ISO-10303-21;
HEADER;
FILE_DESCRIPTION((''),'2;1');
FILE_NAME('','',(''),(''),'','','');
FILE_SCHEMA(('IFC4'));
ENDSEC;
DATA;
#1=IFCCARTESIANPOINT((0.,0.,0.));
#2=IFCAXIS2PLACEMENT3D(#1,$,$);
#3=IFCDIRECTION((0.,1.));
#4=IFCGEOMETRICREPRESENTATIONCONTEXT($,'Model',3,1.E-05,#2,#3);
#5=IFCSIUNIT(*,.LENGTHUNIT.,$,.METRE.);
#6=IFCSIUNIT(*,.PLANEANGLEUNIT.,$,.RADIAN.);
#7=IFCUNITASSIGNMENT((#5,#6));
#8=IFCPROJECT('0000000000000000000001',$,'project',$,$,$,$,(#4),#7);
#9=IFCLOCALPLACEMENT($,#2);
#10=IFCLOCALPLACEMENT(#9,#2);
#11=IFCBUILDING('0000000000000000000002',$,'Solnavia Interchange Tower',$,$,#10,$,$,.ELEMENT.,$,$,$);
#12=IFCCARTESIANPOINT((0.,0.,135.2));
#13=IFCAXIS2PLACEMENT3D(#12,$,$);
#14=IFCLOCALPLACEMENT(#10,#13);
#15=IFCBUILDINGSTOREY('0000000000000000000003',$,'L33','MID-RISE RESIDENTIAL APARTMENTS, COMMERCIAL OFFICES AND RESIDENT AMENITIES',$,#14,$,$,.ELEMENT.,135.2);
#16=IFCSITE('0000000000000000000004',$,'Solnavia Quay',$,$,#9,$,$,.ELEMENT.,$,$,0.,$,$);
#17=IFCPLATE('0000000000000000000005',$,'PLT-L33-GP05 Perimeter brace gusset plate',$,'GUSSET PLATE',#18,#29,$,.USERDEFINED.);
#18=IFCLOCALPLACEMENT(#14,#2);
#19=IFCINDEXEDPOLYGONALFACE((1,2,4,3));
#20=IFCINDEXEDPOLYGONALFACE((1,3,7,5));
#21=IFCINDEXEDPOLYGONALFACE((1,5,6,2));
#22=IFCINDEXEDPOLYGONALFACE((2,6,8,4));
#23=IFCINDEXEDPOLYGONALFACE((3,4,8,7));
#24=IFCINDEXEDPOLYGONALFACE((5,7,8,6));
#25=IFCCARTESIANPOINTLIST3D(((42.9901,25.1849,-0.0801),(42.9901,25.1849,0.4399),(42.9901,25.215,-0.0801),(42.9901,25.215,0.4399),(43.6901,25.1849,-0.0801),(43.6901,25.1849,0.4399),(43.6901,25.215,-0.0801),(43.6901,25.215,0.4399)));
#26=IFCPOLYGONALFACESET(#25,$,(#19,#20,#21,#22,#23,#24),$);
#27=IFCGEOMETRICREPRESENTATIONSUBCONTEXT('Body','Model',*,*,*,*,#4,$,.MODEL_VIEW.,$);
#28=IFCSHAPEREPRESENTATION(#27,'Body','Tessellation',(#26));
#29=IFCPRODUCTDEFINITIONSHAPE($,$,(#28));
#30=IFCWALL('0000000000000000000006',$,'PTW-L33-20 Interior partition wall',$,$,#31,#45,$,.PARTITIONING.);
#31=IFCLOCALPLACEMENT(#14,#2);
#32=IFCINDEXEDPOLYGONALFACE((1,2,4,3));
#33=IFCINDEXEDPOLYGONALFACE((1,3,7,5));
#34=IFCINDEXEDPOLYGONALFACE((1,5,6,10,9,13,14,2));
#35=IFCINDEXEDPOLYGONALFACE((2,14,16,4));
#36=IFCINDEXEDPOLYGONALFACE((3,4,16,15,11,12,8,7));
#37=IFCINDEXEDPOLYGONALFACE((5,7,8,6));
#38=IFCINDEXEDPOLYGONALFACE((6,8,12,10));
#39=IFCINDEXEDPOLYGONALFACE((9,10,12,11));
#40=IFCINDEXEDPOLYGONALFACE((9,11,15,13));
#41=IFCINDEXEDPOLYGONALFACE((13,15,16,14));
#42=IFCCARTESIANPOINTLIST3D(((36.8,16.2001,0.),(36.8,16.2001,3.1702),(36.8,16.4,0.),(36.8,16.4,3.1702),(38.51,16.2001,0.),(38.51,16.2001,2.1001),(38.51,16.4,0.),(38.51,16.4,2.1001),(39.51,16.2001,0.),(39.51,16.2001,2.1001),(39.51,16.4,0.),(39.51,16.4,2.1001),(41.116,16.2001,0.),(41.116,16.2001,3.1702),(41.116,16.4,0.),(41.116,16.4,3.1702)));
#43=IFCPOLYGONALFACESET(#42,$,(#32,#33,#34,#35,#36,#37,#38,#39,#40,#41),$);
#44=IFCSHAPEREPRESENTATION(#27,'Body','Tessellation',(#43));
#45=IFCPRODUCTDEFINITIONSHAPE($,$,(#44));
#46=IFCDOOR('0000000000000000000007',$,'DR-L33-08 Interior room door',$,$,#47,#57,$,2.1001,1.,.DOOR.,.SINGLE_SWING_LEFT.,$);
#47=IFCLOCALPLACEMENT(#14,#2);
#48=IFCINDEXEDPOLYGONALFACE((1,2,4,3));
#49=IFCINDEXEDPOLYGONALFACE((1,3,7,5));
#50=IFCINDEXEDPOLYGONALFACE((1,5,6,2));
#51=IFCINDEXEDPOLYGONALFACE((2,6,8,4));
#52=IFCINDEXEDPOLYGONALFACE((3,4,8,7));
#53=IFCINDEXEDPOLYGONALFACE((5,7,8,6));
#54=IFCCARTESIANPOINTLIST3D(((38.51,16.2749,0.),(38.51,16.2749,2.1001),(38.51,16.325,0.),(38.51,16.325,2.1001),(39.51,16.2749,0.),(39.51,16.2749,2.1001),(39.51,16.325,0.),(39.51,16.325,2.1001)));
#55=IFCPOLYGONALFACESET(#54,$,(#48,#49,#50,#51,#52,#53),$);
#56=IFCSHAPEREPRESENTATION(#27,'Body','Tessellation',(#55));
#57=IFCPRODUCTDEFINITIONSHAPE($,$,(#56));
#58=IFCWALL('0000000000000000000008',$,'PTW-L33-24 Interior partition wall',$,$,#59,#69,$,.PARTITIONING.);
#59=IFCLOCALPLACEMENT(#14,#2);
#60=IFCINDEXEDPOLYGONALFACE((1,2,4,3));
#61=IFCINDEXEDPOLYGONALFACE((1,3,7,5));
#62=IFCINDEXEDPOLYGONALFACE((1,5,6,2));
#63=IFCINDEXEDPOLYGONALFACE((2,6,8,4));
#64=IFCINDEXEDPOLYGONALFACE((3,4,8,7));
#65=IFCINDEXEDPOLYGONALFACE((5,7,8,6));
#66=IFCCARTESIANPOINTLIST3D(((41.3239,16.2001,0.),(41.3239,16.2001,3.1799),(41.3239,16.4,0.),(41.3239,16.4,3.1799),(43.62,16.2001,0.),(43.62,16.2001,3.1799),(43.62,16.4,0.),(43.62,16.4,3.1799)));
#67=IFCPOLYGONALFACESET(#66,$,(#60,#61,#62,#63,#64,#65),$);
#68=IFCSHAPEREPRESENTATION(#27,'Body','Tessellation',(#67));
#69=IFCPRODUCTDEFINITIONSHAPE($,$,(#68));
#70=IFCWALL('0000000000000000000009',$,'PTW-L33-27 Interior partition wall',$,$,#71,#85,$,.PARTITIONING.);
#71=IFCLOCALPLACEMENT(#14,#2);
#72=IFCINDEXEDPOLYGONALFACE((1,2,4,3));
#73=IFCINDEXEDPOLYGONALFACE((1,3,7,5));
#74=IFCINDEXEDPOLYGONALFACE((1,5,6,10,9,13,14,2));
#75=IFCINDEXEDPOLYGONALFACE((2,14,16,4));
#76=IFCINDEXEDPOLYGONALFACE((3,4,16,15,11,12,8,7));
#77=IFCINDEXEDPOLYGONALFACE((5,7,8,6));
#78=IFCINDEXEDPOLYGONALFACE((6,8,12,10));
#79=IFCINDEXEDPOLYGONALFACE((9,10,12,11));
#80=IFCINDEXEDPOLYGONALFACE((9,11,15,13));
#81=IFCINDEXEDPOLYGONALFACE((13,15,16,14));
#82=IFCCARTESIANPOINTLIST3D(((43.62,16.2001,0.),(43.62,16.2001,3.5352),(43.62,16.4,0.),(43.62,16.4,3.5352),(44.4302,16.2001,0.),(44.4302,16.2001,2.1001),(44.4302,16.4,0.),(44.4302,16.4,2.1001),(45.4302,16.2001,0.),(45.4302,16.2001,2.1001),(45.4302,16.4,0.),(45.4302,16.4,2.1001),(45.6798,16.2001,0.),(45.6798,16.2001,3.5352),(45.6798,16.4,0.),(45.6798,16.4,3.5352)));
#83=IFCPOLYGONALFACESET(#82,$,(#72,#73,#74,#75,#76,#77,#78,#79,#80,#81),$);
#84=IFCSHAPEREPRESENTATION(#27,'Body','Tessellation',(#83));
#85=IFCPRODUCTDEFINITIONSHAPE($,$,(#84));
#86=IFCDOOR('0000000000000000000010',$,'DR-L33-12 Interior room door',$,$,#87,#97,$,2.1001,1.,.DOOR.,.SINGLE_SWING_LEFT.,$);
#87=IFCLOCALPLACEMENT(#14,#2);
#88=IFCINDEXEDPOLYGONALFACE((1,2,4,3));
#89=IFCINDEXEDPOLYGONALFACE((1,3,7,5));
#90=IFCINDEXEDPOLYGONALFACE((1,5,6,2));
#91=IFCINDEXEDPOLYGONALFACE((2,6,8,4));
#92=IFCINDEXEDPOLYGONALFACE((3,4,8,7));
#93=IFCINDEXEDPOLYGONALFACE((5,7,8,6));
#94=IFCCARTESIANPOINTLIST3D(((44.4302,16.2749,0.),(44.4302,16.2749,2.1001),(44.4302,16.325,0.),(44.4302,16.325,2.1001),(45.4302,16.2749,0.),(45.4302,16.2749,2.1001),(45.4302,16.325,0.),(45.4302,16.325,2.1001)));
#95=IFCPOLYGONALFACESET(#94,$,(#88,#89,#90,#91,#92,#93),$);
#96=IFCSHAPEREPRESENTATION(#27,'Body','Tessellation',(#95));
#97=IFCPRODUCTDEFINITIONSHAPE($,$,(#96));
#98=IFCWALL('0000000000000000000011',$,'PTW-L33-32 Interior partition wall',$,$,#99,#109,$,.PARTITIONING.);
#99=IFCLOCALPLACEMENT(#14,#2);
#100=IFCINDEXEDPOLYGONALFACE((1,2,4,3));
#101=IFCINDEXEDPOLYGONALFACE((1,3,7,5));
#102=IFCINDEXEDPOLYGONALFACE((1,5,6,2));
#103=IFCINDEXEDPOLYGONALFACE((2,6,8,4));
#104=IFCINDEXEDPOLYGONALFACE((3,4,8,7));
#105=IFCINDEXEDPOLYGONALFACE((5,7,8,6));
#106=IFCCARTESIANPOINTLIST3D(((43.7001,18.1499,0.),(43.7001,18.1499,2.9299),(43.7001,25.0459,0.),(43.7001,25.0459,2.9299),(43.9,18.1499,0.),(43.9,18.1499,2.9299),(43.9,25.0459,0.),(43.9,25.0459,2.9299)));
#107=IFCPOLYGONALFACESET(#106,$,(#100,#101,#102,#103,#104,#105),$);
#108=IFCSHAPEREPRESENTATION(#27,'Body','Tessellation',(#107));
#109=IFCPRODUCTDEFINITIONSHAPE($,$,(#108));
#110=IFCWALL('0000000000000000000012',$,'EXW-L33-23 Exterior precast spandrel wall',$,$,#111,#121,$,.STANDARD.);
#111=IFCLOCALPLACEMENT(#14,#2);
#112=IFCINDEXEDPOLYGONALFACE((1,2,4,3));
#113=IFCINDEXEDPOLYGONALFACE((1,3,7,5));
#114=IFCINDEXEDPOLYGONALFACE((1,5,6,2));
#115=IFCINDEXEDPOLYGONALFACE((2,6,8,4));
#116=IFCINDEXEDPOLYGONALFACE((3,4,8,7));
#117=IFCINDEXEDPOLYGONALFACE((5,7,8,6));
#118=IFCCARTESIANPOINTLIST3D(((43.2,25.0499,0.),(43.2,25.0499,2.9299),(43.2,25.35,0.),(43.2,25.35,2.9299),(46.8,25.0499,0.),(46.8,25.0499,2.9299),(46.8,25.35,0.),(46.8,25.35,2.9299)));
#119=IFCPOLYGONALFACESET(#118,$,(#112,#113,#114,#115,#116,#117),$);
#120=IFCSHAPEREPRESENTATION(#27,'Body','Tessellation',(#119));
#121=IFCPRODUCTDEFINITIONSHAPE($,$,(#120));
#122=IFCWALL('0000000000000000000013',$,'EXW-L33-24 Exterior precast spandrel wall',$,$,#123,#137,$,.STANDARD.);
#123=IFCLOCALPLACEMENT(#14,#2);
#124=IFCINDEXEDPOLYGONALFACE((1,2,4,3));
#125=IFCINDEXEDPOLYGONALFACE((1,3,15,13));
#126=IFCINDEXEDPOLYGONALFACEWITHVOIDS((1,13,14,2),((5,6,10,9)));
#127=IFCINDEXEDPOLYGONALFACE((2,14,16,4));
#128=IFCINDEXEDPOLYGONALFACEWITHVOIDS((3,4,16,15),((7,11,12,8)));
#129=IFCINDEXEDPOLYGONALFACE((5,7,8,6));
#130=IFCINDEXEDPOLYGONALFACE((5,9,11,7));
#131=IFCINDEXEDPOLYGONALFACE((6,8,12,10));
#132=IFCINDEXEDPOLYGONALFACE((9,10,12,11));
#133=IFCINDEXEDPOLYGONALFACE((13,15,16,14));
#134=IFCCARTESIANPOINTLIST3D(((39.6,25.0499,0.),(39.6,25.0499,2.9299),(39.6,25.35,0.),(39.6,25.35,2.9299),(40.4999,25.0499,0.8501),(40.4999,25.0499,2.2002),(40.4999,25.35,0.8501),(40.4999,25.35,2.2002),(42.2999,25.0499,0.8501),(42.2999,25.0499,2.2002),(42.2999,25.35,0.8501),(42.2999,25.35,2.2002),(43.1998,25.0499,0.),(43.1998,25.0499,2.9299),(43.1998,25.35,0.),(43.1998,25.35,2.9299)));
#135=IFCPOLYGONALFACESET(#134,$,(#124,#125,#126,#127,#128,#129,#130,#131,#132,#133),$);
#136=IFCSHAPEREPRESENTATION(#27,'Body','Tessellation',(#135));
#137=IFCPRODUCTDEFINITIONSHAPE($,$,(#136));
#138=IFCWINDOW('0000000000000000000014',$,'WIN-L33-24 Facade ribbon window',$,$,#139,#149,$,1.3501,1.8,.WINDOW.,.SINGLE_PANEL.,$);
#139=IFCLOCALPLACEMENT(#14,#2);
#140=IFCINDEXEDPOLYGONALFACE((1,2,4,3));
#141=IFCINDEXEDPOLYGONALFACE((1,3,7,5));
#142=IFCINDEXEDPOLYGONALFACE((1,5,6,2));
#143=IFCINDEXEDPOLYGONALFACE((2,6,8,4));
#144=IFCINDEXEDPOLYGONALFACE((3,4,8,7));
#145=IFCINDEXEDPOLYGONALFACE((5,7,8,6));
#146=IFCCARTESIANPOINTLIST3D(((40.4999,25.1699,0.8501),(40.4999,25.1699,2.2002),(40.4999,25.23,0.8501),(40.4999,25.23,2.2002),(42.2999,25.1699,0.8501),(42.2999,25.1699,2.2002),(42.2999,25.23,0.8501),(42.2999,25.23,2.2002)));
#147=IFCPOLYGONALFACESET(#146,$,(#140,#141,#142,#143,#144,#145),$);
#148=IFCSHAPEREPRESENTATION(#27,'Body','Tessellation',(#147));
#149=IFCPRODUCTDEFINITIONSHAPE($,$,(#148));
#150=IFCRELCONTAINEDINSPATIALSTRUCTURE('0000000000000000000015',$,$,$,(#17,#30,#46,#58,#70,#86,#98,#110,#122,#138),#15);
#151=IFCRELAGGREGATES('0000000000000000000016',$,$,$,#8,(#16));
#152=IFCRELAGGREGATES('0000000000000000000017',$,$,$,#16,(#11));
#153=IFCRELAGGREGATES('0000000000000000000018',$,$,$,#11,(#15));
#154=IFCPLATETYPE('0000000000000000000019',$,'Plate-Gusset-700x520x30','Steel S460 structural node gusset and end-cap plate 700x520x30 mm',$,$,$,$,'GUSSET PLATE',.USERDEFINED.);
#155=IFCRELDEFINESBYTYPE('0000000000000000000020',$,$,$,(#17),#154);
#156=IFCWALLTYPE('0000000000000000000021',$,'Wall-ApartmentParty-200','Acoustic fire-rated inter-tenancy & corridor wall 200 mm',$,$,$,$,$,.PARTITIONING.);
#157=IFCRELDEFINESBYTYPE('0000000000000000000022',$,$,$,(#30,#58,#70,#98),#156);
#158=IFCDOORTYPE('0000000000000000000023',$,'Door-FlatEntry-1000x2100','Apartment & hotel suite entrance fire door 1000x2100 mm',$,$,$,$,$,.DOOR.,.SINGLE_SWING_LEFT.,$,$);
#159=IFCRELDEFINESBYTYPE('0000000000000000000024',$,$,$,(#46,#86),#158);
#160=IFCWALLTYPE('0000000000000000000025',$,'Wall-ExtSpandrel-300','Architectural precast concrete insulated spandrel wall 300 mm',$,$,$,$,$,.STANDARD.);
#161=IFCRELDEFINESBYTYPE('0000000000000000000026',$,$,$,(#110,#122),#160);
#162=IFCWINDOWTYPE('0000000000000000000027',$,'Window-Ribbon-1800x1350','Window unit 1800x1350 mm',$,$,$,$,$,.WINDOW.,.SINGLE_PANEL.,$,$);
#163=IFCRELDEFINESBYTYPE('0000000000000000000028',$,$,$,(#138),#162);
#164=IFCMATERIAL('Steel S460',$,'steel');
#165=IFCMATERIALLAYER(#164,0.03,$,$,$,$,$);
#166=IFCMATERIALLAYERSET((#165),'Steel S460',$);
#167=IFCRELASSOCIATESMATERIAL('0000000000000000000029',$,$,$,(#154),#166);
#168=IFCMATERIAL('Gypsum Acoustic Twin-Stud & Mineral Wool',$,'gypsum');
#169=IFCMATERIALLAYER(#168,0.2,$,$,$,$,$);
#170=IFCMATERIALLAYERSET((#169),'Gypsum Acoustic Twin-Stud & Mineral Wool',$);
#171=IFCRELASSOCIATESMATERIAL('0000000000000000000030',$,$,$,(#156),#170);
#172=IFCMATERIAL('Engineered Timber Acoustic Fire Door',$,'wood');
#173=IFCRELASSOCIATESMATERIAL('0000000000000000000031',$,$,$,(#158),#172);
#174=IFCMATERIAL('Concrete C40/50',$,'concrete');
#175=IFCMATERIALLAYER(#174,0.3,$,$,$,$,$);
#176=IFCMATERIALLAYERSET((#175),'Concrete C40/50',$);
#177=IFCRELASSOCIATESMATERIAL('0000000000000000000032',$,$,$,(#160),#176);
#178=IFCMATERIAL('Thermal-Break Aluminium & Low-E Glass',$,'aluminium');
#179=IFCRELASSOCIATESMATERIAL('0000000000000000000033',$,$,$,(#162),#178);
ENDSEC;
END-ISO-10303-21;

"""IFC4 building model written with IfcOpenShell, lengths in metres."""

from ifc_helpers import new_model, si_unit, direction, frame, frame_2d, origin, origin_2d, place, context, subcontext, project, spatial, rectangle, extrude, material, layer, layer_set, type_object, element, fill, save


model = new_model("IFC4")

# Units and contexts
model_context = context("Model", 3, precision=1e-05, world=origin(), true_north=direction((0.0, 1.0)))
body_context = subcontext(model_context, "Body", "Model", "MODEL_VIEW")
ifc_project = project(units=[si_unit("LENGTHUNIT", "METRE"), si_unit("PLANEANGLEUNIT", "RADIAN")], contexts=[model_context])

# Site, building, storey
site_placement = place(None, origin())
site = spatial("IfcSite", under=ifc_project, at=site_placement, Name="Solnavia Quay", CompositionType="ELEMENT", RefElevation=0.0)
building_placement = place(site_placement, origin())
building = spatial("IfcBuilding", under=site, at=building_placement, Name="Solnavia Interchange Tower", CompositionType="ELEMENT")
storey_placement = place(building_placement, frame((0.0, 0.0, 135.2)))
storey = spatial("IfcBuildingStorey", under=building, at=storey_placement, Name="L33", Description="MID-RISE RESIDENTIAL APARTMENTS, COMMERCIAL OFFICES AND RESIDENT AMENITIES", CompositionType="ELEMENT", Elevation=135.2)

# Shared definitions
ifc_material_1 = material(Name="Steel S460", Category="steel")

# Plate
ifc_layer_1 = layer(ifc_material_1, 0.03)
ifc_layer_set_1 = layer_set([ifc_layer_1], Name="Steel S460")
plate_type = type_object("IfcPlateType", Name="Plate-Gusset-700x520x30", Description="Steel S460 structural node gusset and end-cap plate 700x520x30 mm", ElementType="GUSSET PLATE", PredefinedType="USERDEFINED", material=ifc_layer_set_1)
plate_placement = place(storey_placement, frame((43.3401, 25.2, -0.0801), z_axis=(0.0, 0.0, 1.0), x_axis=(1.0, 0.0, 0.0)))
element("IfcPlate", 1, at=plate_placement, inside=storey, type_object=plate_type, Name="PLT-L33-GP05 Perimeter brace gusset plate", ObjectType="GUSSET PLATE", PredefinedType="USERDEFINED", context=body_context, shape_type="SweptSolid", body=[
    extrude(rectangle(XDim=0.7, YDim=0.03, at=origin_2d()), origin(), (0.0, 0.0, 1.0), 0.52),
])

# Wall, opening, door
ifc_material_2 = material(Name="Gypsum Acoustic Twin-Stud & Mineral Wool", Category="gypsum")
ifc_layer_2 = layer(ifc_material_2, 0.2)
ifc_layer_set_2 = layer_set([ifc_layer_2], Name="Gypsum Acoustic Twin-Stud & Mineral Wool")
wall_type_1 = type_object("IfcWallType", Name="Wall-ApartmentParty-200", Description="Acoustic fire-rated inter-tenancy & corridor wall 200 mm", PredefinedType="PARTITIONING", material=ifc_layer_set_2)
wall_1_placement = place(storey_placement, frame((36.8, 16.3, 0.0), z_axis=(0.0, 0.0, 1.0), x_axis=(1.0, 0.0, 0.0)))
wall_1 = element("IfcWall", 2, at=wall_1_placement, inside=storey, type_object=wall_type_1, Name="PTW-L33-20 Interior partition wall", PredefinedType="PARTITIONING", context=body_context, shape_type="SweptSolid", body=[
    extrude(rectangle(XDim=4.3159, YDim=0.2, at=frame_2d((2.158, 0.0))), origin(), (0.0, 0.0, 1.0), 3.1702),
])
opening_1_placement = place(wall_1_placement, frame((1.71, 0.0, 0.0)))
opening_1 = element("IfcOpeningElement", 3, at=opening_1_placement, cuts=wall_1, PredefinedType="OPENING", context=body_context, shape_type="SweptSolid", body=[
    extrude(rectangle(XDim=1.0, YDim=2.1001, at=frame_2d((0.5, 1.05))), frame((0.0, 0.1099, 0.0), z_axis=(0.0, -1.0, 0.0), x_axis=(1.0, 0.0, 0.0)), (0.0, 0.0, 1.0), 0.22),
])
ifc_material_3 = material(Name="Engineered Timber Acoustic Fire Door", Category="wood")
door_type_1 = type_object("IfcDoorType", Name="Door-FlatEntry-1000x2100", Description="Apartment & hotel suite entrance fire door 1000x2100 mm", OperationType="SINGLE_SWING_LEFT", PredefinedType="DOOR", material=ifc_material_3)
door_1_placement = place(opening_1_placement, origin())
door_1 = element("IfcDoor", 4, at=door_1_placement, inside=storey, type_object=door_type_1, Name="DR-L33-08 Interior room door", OperationType="SINGLE_SWING_LEFT", OverallHeight=2.1001, OverallWidth=1.0, PredefinedType="DOOR", context=body_context, shape_type="SweptSolid", body=[
    extrude(rectangle(XDim=1.0, YDim=2.1001, at=frame_2d((0.5, 1.05))), frame((0.0, 0.0249, 0.0), z_axis=(0.0, -1.0, 0.0), x_axis=(1.0, 0.0, 0.0)), (0.0, 0.0, 1.0), 0.05),
])
fill(opening_1, door_1)

# Wall
wall_2_placement = place(storey_placement, frame((41.324, 16.3, 0.0), z_axis=(0.0, 0.0, 1.0), x_axis=(1.0, 0.0, 0.0)))
element("IfcWall", 5, at=wall_2_placement, inside=storey, type_object=wall_type_1, Name="PTW-L33-24 Interior partition wall", PredefinedType="PARTITIONING", context=body_context, shape_type="SweptSolid", body=[
    extrude(rectangle(XDim=2.2961, YDim=0.2, at=frame_2d((1.1479, 0.0))), origin(), (0.0, 0.0, 1.0), 3.1799),
])

# Wall, opening, door
wall_3_placement = place(storey_placement, frame((43.6201, 16.3, 0.0), z_axis=(0.0, 0.0, 1.0), x_axis=(1.0, 0.0, 0.0)))
wall_3 = element("IfcWall", 6, at=wall_3_placement, inside=storey, type_object=wall_type_1, Name="PTW-L33-27 Interior partition wall", PredefinedType="PARTITIONING", context=body_context, shape_type="SweptSolid", body=[
    extrude(rectangle(XDim=2.0598, YDim=0.2, at=frame_2d((1.0298, 0.0))), origin(), (0.0, 0.0, 1.0), 3.5352),
])
opening_2_placement = place(wall_3_placement, frame((0.8101, 0.0, 0.0)))
opening_2 = element("IfcOpeningElement", 7, at=opening_2_placement, cuts=wall_3, PredefinedType="OPENING", context=body_context, shape_type="SweptSolid", body=[
    extrude(rectangle(XDim=1.0, YDim=2.1001, at=frame_2d((0.5, 1.05))), frame((0.0, 0.1099, 0.0), z_axis=(0.0, -1.0, 0.0), x_axis=(1.0, 0.0, 0.0)), (0.0, 0.0, 1.0), 0.22),
])
door_2_placement = place(opening_2_placement, origin())
door_2 = element("IfcDoor", 8, at=door_2_placement, inside=storey, type_object=door_type_1, Name="DR-L33-12 Interior room door", OperationType="SINGLE_SWING_LEFT", OverallHeight=2.1001, OverallWidth=1.0, PredefinedType="DOOR", context=body_context, shape_type="SweptSolid", body=[
    extrude(rectangle(XDim=1.0, YDim=2.1001, at=frame_2d((0.5, 1.05))), frame((0.0, 0.0249, 0.0), z_axis=(0.0, -1.0, 0.0), x_axis=(1.0, 0.0, 0.0)), (0.0, 0.0, 1.0), 0.05),
])
fill(opening_2, door_2)

# Walls
wall_4_placement = place(storey_placement, frame((43.8, 18.1499, 0.0), z_axis=(0.0, 0.0, 1.0), x_axis=(0.0, 1.0, 0.0)))
element("IfcWall", 9, at=wall_4_placement, inside=storey, type_object=wall_type_1, Name="PTW-L33-32 Interior partition wall", PredefinedType="PARTITIONING", context=body_context, shape_type="SweptSolid", body=[
    extrude(rectangle(XDim=6.896, YDim=0.2, at=frame_2d((3.448, 0.0))), origin(), (0.0, 0.0, 1.0), 2.9299),
])
ifc_material_4 = material(Name="Concrete C40/50", Category="concrete")
ifc_layer_3 = layer(ifc_material_4, 0.3)
ifc_layer_set_3 = layer_set([ifc_layer_3], Name="Concrete C40/50")
wall_type_2 = type_object("IfcWallType", Name="Wall-ExtSpandrel-300", Description="Architectural precast concrete insulated spandrel wall 300 mm", PredefinedType="STANDARD", material=ifc_layer_set_3)
wall_5_placement = place(storey_placement, frame((43.2, 25.2, 0.0), z_axis=(0.0, 0.0, 1.0), x_axis=(1.0, 0.0, 0.0)))
element("IfcWall", 10, at=wall_5_placement, inside=storey, type_object=wall_type_2, Name="EXW-L33-23 Exterior precast spandrel wall", PredefinedType="STANDARD", context=body_context, shape_type="SweptSolid", body=[
    extrude(rectangle(XDim=3.6001, YDim=0.3, at=frame_2d((1.8, 0.0))), origin(), (0.0, 0.0, 1.0), 2.9299),
])

# Wall, opening, window
wall_6_placement = place(storey_placement, frame((39.6001, 25.2, 0.0), z_axis=(0.0, 0.0, 1.0), x_axis=(1.0, 0.0, 0.0)))
wall_6 = element("IfcWall", 11, at=wall_6_placement, inside=storey, type_object=wall_type_2, Name="EXW-L33-24 Exterior precast spandrel wall", PredefinedType="STANDARD", context=body_context, shape_type="SweptSolid", body=[
    extrude(rectangle(XDim=3.5999, YDim=0.3, at=frame_2d((1.7998, 0.0))), origin(), (0.0, 0.0, 1.0), 2.9299),
])
opening_3_placement = place(wall_6_placement, frame((0.8999, 0.0, 0.8501)))
opening_3 = element("IfcOpeningElement", 12, at=opening_3_placement, cuts=wall_6, PredefinedType="OPENING", context=body_context, shape_type="SweptSolid", body=[
    extrude(rectangle(XDim=1.8, YDim=1.3501, at=frame_2d((0.8999, 0.675))), frame((0.0, 0.1602, 0.0), z_axis=(0.0, -1.0, 0.0), x_axis=(1.0, 0.0, 0.0)), (0.0, 0.0, 1.0), 0.3201),
])
ifc_material_5 = material(Name="Thermal-Break Aluminium & Low-E Glass", Category="aluminium")
window_type = type_object("IfcWindowType", Name="Window-Ribbon-1800x1350", Description="Window unit 1800x1350 mm", PartitioningType="SINGLE_PANEL", PredefinedType="WINDOW", material=ifc_material_5)
window_placement = place(opening_3_placement, origin())
window = element("IfcWindow", 13, at=window_placement, inside=storey, type_object=window_type, Name="WIN-L33-24 Facade ribbon window", OverallHeight=1.3501, OverallWidth=1.8, PartitioningType="SINGLE_PANEL", PredefinedType="WINDOW", context=body_context, shape_type="SweptSolid", body=[
    extrude(rectangle(XDim=1.8, YDim=1.3501, at=frame_2d((0.8999, 0.675))), frame((0.0, 0.03, 0.0), z_axis=(0.0, -1.0, 0.0), x_axis=(1.0, 0.0, 0.0)), (0.0, 0.0, 1.0), 0.0601),
])
fill(opening_3, window)

save(model, "model.ifc")
